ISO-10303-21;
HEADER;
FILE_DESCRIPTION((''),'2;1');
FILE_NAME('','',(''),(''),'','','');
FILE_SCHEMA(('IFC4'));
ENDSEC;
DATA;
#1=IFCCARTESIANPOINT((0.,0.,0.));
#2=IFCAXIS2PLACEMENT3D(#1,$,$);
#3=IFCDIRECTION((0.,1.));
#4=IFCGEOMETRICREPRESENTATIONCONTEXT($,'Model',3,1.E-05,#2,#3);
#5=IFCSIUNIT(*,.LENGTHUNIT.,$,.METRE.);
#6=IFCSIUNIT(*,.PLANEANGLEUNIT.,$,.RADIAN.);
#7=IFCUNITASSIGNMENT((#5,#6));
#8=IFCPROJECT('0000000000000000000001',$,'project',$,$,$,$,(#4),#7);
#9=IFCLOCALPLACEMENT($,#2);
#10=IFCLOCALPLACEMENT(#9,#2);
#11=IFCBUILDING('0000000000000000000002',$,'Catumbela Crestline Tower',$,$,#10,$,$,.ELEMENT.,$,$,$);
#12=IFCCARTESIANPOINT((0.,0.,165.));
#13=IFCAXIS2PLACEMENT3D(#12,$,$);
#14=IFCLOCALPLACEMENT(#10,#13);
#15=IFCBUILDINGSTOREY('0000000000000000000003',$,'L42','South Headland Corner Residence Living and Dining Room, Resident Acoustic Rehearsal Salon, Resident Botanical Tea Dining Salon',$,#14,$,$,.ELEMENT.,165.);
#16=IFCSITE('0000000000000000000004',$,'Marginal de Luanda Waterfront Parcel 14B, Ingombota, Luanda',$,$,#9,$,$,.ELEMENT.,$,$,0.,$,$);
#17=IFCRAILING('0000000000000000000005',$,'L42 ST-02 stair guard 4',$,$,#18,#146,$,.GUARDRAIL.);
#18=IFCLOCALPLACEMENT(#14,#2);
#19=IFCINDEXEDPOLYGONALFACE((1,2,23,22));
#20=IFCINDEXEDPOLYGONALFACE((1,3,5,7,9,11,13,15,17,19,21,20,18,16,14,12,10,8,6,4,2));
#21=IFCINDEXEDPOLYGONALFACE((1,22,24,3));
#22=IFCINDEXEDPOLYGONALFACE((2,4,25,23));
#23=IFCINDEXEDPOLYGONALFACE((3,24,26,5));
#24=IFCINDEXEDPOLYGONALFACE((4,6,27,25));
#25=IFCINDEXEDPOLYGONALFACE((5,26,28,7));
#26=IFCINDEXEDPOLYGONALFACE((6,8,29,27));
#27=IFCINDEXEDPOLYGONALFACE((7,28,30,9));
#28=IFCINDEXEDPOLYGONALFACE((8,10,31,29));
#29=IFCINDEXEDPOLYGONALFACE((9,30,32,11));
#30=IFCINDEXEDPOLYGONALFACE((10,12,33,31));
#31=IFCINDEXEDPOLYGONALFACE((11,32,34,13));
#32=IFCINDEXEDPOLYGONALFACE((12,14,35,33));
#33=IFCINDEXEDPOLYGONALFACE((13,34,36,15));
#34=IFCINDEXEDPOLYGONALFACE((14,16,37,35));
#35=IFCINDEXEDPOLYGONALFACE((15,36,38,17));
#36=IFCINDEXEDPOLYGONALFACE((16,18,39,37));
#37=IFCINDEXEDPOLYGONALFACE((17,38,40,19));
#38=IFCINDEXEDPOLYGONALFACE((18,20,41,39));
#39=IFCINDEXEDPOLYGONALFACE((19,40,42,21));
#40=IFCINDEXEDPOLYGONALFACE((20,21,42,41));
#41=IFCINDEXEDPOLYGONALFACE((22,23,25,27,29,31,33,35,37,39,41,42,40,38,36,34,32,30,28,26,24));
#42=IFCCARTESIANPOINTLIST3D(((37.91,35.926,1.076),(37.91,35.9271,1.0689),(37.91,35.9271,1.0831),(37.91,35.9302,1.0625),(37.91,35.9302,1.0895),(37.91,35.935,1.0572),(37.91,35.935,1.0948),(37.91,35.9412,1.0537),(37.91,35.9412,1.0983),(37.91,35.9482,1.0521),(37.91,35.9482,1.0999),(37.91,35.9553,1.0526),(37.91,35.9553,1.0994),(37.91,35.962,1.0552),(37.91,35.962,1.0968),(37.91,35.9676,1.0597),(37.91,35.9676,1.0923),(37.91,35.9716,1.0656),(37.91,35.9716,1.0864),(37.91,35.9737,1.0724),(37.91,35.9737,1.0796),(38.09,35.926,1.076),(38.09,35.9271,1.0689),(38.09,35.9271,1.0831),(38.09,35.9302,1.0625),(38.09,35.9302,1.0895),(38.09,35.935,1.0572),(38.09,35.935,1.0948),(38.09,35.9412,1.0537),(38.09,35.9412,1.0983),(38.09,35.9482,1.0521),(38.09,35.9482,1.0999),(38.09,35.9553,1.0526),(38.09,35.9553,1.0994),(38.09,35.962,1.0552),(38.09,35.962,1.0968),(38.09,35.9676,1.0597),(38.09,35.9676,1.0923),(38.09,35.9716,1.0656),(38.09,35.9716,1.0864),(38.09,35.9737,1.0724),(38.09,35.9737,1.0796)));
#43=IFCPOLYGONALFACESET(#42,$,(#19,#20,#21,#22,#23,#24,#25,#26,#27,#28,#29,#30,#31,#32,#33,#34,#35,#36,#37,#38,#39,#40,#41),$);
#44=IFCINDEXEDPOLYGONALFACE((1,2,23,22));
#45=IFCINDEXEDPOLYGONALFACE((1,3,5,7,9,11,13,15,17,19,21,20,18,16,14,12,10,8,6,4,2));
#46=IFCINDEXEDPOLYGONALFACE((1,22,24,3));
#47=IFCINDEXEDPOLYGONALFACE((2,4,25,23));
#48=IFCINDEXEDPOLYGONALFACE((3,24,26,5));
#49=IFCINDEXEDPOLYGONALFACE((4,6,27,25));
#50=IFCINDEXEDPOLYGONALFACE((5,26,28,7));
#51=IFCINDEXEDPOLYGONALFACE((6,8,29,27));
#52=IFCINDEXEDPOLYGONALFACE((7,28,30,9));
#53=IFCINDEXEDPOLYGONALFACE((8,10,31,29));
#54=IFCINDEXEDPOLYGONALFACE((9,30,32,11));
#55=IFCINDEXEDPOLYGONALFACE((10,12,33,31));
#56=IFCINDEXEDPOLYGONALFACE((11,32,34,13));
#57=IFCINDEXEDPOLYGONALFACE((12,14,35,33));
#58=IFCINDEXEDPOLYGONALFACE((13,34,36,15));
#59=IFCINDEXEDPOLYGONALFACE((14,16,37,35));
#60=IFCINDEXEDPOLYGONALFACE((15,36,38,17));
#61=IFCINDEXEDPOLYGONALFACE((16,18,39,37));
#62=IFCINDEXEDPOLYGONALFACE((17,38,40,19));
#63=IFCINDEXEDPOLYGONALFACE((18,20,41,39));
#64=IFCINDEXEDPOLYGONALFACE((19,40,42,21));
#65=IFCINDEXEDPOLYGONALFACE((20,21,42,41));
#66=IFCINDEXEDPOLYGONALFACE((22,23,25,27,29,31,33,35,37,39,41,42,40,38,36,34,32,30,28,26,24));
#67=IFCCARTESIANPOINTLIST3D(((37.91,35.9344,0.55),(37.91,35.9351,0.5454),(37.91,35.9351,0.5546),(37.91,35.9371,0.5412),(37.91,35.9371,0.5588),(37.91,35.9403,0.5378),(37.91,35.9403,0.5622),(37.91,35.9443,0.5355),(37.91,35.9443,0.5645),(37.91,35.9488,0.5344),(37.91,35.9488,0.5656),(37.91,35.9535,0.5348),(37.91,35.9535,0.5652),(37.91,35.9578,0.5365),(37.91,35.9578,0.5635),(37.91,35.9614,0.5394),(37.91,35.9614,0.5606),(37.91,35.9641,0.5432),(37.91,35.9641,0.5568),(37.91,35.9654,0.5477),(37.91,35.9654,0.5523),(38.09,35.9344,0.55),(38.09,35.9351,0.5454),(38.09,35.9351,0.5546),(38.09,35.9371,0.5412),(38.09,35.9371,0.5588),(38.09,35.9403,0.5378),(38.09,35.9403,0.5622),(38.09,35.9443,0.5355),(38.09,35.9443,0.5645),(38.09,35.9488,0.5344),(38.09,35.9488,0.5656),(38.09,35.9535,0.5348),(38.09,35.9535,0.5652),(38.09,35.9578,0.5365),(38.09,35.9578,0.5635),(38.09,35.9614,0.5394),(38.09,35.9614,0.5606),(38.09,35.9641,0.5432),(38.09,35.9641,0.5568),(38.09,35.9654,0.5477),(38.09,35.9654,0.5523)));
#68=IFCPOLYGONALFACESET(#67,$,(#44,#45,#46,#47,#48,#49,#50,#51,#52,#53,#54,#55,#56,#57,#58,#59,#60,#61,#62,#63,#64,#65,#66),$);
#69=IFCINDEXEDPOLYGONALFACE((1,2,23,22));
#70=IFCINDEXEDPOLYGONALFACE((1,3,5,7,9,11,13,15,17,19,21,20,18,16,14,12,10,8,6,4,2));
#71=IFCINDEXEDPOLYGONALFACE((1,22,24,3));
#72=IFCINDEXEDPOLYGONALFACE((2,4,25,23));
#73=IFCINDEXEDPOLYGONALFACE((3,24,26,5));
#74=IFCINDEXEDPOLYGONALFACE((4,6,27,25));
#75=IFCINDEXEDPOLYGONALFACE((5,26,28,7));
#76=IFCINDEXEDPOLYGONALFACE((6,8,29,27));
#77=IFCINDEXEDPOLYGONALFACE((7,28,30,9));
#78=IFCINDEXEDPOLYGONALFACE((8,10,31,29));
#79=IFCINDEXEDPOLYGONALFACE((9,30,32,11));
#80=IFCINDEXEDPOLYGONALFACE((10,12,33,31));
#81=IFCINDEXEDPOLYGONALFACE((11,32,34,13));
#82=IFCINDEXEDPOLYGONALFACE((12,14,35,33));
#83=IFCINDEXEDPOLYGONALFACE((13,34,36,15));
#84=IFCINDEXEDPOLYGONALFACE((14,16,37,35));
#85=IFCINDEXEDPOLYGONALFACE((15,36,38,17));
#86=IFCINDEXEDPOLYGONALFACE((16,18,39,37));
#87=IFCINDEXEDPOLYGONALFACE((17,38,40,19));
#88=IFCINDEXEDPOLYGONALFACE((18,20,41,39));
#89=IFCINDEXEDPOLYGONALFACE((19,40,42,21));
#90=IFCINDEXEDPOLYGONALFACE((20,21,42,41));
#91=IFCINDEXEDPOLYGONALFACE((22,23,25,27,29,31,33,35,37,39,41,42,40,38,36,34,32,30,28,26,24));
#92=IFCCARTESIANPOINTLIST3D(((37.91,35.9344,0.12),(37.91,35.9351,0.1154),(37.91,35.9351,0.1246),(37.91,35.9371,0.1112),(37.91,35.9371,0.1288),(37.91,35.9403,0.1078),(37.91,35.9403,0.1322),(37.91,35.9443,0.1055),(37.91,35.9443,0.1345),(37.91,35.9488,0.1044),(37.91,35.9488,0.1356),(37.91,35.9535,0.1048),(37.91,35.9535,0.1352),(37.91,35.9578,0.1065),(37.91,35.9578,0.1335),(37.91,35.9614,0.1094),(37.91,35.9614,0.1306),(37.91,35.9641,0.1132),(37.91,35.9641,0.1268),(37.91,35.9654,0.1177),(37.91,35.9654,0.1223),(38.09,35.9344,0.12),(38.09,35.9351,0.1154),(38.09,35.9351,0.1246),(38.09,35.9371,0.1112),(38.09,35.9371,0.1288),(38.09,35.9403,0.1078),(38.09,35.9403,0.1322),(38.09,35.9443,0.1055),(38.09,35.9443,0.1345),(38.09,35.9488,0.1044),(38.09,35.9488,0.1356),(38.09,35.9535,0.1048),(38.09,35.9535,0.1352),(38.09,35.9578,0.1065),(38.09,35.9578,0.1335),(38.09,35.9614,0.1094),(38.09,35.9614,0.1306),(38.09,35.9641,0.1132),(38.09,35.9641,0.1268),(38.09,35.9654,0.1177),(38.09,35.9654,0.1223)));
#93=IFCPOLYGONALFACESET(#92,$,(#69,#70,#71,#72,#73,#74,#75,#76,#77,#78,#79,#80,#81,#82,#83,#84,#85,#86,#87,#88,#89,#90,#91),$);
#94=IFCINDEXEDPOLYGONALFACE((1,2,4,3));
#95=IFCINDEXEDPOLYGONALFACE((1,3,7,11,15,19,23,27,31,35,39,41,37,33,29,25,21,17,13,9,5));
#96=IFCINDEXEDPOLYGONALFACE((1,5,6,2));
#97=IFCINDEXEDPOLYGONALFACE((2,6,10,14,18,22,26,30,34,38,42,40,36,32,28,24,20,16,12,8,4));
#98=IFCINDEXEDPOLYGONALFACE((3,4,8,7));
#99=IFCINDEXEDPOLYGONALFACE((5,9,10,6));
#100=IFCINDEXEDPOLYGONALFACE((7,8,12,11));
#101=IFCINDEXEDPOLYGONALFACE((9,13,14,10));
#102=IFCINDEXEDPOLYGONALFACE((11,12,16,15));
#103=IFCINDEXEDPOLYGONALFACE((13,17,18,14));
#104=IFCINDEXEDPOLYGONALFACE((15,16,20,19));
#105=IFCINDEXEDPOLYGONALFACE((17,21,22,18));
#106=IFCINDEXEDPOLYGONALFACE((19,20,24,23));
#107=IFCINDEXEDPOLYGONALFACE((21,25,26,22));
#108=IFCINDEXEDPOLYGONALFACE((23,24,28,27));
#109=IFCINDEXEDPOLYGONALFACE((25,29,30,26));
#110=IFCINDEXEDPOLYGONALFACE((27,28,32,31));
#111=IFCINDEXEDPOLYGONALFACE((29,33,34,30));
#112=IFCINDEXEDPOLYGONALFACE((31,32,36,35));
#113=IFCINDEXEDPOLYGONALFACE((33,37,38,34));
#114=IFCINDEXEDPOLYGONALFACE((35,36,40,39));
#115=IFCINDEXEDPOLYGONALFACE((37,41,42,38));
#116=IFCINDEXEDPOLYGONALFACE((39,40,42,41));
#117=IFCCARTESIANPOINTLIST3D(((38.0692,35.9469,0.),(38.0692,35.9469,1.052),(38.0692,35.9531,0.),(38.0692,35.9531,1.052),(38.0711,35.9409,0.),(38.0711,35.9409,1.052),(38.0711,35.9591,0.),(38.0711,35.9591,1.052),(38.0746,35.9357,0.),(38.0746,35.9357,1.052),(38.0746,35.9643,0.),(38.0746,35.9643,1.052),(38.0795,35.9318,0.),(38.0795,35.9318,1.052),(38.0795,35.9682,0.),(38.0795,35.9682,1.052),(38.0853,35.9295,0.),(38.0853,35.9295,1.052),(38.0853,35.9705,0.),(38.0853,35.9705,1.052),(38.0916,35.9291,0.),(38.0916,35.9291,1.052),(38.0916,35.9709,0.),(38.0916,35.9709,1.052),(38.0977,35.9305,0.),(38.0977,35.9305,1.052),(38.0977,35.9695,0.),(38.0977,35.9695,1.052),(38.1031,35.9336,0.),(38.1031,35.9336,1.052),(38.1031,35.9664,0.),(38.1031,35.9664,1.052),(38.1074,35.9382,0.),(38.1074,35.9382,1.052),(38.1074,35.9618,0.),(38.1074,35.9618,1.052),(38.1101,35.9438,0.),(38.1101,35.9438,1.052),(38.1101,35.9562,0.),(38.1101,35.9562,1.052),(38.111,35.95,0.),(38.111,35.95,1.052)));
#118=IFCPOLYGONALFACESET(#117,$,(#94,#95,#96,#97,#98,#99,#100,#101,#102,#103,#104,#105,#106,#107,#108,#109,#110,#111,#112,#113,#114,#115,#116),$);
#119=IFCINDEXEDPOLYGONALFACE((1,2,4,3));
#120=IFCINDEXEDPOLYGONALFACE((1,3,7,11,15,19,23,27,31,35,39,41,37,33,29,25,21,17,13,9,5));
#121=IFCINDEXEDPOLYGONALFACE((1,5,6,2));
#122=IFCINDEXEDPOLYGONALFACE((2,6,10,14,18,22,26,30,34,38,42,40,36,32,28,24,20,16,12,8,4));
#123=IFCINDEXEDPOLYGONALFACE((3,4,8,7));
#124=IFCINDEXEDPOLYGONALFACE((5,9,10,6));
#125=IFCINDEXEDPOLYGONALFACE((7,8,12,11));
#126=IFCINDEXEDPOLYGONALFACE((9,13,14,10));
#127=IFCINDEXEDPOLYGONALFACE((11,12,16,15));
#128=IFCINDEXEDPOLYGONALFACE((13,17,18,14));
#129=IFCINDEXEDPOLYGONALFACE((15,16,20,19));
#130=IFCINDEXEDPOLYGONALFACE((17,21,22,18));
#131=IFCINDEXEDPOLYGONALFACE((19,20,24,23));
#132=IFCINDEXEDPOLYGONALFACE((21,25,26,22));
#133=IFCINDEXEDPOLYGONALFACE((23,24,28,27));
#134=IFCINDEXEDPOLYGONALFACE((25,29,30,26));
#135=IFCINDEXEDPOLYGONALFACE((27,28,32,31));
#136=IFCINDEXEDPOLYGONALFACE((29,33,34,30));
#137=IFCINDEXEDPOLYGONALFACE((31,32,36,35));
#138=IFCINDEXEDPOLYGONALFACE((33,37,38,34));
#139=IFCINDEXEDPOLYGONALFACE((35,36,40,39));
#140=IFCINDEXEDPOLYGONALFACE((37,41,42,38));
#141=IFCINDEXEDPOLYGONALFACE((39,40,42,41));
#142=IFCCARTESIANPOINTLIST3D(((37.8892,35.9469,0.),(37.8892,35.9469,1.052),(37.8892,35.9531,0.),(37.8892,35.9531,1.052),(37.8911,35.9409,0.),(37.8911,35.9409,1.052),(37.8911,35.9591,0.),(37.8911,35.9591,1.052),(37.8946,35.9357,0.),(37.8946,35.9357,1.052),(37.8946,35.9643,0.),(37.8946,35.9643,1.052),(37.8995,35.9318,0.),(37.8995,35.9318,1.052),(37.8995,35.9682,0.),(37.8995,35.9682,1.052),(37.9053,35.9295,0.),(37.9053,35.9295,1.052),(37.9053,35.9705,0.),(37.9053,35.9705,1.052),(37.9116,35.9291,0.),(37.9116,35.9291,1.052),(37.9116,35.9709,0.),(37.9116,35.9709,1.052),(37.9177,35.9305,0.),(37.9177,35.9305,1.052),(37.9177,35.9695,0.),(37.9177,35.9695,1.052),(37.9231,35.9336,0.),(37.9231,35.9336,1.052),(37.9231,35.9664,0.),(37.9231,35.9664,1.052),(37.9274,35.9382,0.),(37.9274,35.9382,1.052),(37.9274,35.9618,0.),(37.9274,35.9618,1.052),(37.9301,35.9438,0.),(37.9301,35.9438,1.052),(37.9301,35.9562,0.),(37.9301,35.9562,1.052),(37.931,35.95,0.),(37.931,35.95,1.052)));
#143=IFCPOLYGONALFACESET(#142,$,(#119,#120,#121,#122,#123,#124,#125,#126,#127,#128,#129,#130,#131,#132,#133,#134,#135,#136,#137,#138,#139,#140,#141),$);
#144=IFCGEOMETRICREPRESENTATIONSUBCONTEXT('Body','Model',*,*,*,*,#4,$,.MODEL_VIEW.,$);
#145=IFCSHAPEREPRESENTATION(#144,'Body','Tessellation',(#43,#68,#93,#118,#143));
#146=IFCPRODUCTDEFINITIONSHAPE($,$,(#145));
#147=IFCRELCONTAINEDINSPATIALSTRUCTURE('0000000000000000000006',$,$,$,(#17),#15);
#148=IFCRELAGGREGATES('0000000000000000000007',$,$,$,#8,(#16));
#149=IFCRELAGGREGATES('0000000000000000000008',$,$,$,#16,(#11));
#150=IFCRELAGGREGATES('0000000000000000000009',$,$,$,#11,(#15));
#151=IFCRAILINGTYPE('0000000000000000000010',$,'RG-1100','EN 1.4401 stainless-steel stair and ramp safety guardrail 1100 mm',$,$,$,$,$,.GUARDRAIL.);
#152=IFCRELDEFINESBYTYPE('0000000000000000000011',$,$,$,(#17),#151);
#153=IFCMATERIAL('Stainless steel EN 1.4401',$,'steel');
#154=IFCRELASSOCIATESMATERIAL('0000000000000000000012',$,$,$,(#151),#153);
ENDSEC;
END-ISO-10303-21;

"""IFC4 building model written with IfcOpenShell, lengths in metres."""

from ifc_helpers import new_model, si_unit, direction, frame, origin, origin_2d, place, context, subcontext, project, spatial, circle, extrude, material, type_object, element, save


model = new_model("IFC4")

# Units and contexts
model_context = context("Model", 3, precision=1e-05, world=origin(), true_north=direction((0.0, 1.0)))
body_context = subcontext(model_context, "Body", "Model", "MODEL_VIEW")
ifc_project = project(units=[si_unit("LENGTHUNIT", "METRE"), si_unit("PLANEANGLEUNIT", "RADIAN")], contexts=[model_context])

# Site, building, storey
site_placement = place(None, origin())
site = spatial("IfcSite", under=ifc_project, at=site_placement, Name="Marginal de Luanda Waterfront Parcel 14B, Ingombota, Luanda", CompositionType="ELEMENT", RefElevation=0.0)
building_placement = place(site_placement, origin())
building = spatial("IfcBuilding", under=site, at=building_placement, Name="Catumbela Crestline Tower", CompositionType="ELEMENT")
storey_placement = place(building_placement, frame((0.0, 0.0, 165.0)))
storey = spatial("IfcBuildingStorey", under=building, at=storey_placement, Name="L42", Description="South Headland Corner Residence Living and Dining Room, Resident Acoustic Rehearsal Salon, Resident Botanical Tea Dining Salon", CompositionType="ELEMENT", Elevation=165.0)

# Shared definitions
ifc_material_1 = material(Name="Stainless steel EN 1.4401", Category="steel")

# Railing
railing_type_1 = type_object("IfcRailingType", Name="RG-1100", Description="EN 1.4401 stainless-steel stair and ramp safety guardrail 1100 mm", PredefinedType="GUARDRAIL", material=ifc_material_1)
railing_1_placement = place(storey_placement, frame((38.09, 35.95, 0.0)))
element("IfcRailing", 1, at=railing_1_placement, inside=storey, type_object=railing_type_1, Name="L42 ST-02 stair guard 4", PredefinedType="GUARDRAIL", context=body_context, shape_type="SweptSolid", body=[
    extrude(circle(Radius=0.024, at=origin_2d()), frame((0.0, 0.0, 1.076), z_axis=(-1.0, 0.0, 0.0), x_axis=(0.0, -1.0, 0.0)), (0.0, 0.0, 1.0), 0.18),
    extrude(circle(Radius=0.0156, at=origin_2d()), frame((0.0, 0.0, 0.55), z_axis=(-1.0, 0.0, 0.0), x_axis=(0.0, -1.0, 0.0)), (0.0, 0.0, 1.0), 0.18),
    extrude(circle(Radius=0.0156, at=origin_2d()), frame((0.0, 0.0, 0.12), z_axis=(-1.0, 0.0, 0.0), x_axis=(0.0, -1.0, 0.0)), (0.0, 0.0, 1.0), 0.18),
    extrude(circle(Radius=0.021, at=origin_2d()), origin(), (0.0, 0.0, 1.0), 1.052),
    extrude(circle(Radius=0.021, at=origin_2d()), frame((-0.18, 0.0, 0.0)), (0.0, 0.0, 1.0), 1.052),
])

save(model, "model.ifc")
